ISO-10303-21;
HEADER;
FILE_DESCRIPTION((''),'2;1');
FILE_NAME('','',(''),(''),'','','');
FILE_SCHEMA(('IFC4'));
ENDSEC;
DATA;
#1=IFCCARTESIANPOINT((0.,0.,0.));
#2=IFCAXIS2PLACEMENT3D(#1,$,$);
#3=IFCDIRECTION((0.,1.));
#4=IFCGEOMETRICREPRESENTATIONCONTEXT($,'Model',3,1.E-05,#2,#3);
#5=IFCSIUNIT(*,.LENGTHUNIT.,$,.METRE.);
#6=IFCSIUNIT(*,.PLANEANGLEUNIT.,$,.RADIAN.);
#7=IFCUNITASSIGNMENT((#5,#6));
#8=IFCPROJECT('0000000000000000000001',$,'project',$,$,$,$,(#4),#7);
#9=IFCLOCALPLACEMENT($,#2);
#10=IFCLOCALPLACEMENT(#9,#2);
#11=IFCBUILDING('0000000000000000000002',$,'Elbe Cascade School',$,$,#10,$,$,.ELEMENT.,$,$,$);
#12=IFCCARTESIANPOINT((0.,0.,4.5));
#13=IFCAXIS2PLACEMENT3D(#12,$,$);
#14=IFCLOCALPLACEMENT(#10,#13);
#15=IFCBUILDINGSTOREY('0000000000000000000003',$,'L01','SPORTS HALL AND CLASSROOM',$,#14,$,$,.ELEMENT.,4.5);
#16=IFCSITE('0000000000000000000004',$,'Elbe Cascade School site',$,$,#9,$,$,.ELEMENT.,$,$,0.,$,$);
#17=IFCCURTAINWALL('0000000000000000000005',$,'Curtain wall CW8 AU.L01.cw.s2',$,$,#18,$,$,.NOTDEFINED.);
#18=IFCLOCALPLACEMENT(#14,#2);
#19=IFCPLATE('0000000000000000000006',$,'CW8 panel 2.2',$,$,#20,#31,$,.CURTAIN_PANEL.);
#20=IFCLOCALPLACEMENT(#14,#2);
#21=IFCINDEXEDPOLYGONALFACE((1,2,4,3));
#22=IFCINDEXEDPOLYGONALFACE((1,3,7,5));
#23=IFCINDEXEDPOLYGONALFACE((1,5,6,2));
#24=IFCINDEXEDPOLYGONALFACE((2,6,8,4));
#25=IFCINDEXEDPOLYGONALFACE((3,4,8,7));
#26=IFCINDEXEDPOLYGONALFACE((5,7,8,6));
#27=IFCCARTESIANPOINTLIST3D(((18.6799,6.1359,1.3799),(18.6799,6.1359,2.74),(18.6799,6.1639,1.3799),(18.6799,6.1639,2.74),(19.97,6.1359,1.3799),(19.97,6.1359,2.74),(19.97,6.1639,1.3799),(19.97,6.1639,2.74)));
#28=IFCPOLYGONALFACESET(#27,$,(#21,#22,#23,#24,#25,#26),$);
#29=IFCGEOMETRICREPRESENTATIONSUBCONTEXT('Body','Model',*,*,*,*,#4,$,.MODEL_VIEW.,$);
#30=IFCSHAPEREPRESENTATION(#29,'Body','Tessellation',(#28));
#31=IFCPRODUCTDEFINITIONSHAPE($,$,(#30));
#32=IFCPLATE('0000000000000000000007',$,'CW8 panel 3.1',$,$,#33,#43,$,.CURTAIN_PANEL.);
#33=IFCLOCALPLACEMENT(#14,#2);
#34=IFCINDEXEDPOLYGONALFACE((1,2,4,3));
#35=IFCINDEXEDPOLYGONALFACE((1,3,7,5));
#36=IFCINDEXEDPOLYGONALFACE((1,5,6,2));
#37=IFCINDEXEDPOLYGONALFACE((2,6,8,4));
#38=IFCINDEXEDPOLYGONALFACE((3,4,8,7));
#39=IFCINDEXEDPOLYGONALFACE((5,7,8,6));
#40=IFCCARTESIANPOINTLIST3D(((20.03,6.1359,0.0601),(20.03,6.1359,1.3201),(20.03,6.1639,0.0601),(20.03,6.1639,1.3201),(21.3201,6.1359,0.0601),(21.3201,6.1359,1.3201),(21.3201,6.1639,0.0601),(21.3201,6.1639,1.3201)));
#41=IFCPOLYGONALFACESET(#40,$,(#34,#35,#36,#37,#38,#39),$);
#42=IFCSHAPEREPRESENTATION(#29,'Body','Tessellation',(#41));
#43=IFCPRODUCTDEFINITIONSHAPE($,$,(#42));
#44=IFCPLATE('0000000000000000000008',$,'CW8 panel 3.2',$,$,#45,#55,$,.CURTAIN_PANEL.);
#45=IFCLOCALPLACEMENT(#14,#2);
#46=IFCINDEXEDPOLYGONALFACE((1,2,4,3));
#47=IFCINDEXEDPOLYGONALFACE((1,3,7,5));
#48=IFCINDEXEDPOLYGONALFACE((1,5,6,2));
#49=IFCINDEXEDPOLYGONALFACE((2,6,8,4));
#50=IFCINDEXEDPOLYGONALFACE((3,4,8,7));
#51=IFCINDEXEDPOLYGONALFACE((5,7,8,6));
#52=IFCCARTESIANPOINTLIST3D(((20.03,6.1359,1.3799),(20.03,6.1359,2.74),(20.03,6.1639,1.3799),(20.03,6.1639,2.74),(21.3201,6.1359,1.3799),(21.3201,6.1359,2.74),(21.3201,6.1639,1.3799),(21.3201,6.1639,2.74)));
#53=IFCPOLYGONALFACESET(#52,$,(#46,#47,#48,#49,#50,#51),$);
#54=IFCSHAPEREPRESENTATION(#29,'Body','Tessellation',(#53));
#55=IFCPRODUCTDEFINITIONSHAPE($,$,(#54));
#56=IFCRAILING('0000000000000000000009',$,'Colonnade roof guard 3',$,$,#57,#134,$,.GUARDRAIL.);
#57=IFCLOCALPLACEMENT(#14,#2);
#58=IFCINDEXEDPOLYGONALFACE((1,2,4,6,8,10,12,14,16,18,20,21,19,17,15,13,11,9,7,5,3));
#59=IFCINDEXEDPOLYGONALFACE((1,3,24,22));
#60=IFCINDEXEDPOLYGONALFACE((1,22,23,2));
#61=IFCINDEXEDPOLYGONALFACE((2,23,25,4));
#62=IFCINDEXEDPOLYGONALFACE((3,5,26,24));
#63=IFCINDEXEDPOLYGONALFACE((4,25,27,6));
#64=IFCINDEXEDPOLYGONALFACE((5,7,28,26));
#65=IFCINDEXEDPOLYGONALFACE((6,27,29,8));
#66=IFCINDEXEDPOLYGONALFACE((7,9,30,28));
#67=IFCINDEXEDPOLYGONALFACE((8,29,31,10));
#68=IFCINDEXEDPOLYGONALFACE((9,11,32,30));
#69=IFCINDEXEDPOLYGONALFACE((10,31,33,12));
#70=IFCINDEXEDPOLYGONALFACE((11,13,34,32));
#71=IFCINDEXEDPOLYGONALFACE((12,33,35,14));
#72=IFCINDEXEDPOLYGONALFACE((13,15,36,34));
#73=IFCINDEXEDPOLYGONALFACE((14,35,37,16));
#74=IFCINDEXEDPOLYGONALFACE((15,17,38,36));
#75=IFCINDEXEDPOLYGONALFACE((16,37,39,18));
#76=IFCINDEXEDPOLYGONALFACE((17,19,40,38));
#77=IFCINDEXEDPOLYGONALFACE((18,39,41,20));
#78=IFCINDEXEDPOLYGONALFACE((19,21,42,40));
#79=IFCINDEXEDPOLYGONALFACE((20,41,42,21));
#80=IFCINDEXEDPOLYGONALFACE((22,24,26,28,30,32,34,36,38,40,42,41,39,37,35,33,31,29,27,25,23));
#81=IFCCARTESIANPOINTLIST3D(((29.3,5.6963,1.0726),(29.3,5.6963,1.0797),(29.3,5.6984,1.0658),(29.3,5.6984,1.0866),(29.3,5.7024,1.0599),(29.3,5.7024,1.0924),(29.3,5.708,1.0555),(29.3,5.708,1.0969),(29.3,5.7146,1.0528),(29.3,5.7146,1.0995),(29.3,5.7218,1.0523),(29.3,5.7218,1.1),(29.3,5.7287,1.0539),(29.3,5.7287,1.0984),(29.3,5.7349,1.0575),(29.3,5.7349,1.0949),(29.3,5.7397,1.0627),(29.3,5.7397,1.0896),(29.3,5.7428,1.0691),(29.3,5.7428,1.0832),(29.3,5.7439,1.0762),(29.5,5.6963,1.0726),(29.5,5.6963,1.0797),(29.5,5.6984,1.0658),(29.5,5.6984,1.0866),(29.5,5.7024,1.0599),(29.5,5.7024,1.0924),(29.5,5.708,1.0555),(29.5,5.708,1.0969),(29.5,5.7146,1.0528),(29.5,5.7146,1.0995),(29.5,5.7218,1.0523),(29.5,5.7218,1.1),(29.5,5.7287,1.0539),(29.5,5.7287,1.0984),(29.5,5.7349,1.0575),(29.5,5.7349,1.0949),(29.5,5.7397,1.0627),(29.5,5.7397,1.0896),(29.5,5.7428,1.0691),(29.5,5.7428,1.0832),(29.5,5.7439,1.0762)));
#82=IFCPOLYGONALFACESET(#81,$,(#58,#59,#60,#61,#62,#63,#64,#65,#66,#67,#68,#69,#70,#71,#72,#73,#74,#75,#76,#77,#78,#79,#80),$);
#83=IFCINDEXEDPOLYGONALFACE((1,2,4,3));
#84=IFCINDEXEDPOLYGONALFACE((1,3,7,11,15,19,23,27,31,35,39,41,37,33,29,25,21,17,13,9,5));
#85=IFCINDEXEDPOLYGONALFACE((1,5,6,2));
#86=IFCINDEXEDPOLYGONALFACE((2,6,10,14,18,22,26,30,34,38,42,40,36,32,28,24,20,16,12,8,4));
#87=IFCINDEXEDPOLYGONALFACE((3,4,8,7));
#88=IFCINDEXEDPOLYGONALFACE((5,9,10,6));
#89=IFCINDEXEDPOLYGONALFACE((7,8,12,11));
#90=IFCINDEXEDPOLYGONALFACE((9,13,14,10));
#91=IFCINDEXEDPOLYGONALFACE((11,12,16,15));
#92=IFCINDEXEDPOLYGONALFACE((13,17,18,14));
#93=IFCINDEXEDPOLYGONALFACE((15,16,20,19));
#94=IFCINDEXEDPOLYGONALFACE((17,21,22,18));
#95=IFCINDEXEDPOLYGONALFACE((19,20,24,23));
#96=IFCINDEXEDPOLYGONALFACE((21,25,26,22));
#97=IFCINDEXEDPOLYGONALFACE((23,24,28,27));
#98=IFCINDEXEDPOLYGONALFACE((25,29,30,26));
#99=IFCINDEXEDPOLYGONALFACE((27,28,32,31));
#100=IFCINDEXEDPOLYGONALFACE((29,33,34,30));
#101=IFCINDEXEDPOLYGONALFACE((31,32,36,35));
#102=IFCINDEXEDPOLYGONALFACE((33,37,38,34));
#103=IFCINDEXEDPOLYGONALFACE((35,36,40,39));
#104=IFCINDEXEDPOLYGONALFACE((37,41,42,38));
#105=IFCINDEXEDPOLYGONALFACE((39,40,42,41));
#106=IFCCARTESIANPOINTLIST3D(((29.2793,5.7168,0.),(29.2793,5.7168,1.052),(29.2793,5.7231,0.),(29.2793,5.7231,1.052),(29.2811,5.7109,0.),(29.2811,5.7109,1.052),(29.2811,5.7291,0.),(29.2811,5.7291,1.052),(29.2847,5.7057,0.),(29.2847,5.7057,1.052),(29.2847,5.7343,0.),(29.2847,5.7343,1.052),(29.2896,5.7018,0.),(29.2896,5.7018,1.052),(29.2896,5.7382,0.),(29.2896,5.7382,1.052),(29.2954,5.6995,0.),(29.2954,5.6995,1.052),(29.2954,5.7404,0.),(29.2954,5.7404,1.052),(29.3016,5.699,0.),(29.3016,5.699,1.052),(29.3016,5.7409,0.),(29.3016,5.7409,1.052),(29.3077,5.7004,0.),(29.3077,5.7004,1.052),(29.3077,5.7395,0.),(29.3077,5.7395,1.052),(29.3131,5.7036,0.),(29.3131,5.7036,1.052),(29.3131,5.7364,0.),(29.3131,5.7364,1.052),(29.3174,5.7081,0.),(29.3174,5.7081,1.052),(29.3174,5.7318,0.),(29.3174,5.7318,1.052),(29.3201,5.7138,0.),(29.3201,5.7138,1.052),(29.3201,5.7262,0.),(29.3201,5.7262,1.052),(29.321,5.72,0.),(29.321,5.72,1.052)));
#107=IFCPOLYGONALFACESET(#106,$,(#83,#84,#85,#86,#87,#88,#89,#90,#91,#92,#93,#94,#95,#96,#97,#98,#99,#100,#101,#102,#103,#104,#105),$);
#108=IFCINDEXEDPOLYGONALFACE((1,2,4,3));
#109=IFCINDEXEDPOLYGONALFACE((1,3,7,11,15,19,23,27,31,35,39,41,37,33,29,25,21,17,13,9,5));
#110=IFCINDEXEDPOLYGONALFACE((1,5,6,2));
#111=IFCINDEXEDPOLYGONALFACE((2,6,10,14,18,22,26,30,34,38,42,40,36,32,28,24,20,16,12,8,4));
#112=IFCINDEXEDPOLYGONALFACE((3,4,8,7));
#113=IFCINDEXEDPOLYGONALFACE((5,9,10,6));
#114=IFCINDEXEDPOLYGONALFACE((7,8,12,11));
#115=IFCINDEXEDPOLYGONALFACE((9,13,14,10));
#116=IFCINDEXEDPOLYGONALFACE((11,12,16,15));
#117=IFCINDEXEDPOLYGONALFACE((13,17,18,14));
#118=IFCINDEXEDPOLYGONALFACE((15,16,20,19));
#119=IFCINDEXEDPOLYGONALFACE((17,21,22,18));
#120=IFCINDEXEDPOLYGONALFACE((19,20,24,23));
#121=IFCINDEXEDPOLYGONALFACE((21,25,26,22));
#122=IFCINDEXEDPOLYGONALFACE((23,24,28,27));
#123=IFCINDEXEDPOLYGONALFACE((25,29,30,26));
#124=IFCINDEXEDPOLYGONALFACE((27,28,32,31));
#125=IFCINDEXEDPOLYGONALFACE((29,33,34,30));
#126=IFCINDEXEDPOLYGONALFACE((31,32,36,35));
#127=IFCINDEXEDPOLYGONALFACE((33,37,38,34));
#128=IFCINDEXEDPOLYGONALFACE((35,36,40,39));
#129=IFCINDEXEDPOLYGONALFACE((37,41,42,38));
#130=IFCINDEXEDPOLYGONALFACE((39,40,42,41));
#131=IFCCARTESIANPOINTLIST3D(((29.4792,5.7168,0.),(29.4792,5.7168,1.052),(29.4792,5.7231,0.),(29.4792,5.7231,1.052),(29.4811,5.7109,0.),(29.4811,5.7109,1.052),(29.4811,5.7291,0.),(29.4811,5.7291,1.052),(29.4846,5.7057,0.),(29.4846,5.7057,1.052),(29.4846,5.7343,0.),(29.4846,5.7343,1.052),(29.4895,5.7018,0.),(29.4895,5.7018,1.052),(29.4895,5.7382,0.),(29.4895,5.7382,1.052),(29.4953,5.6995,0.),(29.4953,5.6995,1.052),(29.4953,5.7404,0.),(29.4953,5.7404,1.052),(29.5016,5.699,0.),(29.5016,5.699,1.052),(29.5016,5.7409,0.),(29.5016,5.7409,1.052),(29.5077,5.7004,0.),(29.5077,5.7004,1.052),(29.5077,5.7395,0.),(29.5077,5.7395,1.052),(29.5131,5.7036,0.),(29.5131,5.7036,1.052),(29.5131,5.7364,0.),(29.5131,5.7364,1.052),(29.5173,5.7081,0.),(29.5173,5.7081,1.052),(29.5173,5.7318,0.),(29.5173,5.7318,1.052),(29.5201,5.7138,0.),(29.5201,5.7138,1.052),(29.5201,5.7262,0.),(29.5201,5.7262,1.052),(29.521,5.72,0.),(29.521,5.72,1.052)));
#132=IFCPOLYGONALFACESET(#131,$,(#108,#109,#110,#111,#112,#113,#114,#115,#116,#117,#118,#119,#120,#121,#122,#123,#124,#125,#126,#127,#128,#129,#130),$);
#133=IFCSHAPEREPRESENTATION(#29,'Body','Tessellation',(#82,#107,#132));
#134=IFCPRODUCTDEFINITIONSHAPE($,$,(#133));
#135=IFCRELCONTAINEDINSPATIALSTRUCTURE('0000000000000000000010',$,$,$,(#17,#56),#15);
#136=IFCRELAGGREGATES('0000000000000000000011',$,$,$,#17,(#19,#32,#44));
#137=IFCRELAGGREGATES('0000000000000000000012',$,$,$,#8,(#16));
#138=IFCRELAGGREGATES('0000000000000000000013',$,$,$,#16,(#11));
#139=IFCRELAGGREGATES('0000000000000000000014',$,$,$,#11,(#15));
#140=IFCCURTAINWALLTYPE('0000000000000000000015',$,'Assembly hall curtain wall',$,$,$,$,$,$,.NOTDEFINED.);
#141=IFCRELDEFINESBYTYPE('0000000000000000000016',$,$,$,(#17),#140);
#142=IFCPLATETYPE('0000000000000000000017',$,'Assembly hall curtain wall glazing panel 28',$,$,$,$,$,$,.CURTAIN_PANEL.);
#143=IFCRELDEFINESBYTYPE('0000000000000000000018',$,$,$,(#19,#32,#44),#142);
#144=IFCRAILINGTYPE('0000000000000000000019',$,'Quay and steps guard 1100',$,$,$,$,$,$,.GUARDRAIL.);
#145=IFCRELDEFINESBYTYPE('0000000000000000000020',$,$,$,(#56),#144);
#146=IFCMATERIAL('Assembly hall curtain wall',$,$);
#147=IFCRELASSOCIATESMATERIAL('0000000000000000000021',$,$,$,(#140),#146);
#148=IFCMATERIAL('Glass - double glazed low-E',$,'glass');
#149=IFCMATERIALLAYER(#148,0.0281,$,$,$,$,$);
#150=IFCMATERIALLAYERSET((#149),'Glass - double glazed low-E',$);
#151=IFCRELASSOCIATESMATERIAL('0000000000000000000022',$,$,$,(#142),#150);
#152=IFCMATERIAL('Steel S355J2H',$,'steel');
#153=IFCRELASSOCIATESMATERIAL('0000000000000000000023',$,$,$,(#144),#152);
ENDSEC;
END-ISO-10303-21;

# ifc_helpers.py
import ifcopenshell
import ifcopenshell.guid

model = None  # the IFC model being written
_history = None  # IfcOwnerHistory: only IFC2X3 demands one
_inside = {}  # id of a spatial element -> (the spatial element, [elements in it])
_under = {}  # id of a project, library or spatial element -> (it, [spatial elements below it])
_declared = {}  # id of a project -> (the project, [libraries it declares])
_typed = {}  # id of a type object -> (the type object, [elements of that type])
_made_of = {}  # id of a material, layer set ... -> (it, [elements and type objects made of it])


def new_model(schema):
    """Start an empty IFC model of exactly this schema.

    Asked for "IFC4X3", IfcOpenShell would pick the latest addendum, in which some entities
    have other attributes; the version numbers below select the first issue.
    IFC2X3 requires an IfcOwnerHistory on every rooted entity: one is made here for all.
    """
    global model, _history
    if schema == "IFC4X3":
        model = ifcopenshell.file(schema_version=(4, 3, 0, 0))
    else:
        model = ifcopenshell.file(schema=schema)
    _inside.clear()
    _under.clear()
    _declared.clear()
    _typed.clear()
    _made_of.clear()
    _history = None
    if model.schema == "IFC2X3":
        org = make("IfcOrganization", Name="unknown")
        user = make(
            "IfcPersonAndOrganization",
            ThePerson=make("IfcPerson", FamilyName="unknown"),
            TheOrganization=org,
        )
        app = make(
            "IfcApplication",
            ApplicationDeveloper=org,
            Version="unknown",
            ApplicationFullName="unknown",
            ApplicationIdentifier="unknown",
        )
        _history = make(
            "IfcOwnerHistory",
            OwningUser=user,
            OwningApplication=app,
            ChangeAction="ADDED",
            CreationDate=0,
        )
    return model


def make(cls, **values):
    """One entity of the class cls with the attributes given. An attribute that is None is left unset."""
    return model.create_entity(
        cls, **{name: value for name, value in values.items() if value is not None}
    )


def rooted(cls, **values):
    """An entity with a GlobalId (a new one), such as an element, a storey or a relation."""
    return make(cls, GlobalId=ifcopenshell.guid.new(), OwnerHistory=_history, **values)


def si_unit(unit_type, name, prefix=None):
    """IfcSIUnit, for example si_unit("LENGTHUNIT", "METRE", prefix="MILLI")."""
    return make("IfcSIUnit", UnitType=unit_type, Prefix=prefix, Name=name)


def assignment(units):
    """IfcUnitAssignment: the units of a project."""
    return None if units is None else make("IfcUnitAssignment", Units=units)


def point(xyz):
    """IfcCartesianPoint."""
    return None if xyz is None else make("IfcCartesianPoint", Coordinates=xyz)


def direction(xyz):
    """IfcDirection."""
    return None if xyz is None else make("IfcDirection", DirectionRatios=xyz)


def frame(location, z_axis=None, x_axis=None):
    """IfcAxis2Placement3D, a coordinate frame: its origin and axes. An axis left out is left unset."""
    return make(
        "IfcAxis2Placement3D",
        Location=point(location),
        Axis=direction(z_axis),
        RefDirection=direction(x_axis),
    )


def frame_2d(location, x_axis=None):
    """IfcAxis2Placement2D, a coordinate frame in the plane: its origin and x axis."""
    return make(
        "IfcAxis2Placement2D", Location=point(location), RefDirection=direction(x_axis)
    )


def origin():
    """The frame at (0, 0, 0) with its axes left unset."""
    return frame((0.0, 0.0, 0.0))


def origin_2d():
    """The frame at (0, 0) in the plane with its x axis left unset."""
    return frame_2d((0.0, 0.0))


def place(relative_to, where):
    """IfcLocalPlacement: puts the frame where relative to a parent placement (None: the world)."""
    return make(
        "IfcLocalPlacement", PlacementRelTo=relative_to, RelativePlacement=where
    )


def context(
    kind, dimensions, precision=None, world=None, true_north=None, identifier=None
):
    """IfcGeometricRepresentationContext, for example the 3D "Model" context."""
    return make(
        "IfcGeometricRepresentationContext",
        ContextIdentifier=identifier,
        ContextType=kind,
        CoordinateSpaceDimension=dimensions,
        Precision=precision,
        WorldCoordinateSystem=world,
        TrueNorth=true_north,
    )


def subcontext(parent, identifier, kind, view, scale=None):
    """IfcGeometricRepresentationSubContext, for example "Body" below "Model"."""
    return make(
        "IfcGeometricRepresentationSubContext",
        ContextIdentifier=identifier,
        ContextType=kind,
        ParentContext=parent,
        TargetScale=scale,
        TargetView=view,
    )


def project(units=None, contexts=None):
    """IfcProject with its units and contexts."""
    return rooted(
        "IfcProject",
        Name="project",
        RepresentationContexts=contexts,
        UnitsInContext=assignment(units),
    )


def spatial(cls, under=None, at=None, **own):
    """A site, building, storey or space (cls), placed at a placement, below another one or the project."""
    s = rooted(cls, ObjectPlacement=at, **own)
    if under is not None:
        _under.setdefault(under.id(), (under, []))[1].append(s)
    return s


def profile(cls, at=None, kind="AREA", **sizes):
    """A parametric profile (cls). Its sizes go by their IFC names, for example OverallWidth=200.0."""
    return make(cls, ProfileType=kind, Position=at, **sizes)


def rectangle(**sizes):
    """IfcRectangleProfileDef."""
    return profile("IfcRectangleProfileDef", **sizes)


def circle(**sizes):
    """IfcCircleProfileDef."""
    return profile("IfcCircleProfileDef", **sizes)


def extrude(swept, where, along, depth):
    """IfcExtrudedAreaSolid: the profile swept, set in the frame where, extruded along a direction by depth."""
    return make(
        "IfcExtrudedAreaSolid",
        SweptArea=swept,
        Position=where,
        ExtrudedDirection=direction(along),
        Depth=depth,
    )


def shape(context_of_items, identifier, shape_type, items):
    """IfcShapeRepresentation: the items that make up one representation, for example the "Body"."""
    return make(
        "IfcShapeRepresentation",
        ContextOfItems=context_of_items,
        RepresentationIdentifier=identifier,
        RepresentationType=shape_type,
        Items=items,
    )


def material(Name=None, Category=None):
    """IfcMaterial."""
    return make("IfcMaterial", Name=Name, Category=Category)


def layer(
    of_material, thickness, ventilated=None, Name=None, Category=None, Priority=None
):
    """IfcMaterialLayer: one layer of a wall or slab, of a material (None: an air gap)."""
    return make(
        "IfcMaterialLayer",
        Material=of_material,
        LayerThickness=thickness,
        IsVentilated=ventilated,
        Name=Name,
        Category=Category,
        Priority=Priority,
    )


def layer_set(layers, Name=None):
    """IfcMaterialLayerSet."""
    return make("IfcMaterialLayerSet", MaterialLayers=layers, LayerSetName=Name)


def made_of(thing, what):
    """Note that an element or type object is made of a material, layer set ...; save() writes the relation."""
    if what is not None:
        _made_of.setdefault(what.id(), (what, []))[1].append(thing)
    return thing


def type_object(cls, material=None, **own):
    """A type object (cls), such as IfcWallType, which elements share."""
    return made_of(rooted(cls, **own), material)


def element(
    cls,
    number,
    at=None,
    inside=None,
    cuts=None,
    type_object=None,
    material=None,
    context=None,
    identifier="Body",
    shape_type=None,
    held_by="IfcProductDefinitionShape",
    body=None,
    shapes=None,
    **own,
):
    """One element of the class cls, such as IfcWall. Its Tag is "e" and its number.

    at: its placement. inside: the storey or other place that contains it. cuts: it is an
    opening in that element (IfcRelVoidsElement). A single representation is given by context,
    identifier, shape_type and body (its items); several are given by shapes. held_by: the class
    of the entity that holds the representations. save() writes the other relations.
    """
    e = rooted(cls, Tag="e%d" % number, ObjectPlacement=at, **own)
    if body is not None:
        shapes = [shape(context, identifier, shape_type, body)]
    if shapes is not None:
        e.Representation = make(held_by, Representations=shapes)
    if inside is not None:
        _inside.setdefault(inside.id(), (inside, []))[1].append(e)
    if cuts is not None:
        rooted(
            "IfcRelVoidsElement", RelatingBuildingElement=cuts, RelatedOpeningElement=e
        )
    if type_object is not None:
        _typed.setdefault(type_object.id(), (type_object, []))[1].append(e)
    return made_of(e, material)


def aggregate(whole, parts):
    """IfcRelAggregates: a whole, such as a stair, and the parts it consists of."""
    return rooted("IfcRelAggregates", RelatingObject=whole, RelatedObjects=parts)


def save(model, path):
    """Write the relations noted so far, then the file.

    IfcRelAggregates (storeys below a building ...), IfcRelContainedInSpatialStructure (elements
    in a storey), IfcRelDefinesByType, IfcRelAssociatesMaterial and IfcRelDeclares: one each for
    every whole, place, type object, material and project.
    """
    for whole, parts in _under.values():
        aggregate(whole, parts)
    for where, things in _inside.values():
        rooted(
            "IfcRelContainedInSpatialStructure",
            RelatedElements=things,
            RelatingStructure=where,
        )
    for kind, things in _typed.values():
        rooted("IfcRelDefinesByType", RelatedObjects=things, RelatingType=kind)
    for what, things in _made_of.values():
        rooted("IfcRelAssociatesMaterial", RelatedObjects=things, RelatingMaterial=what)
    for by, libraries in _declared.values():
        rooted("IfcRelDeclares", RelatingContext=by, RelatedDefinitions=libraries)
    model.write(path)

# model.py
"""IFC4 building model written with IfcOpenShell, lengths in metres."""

from ifc_helpers import new_model, si_unit, direction, frame, origin, origin_2d, place, context, subcontext, project, spatial, rectangle, circle, extrude, material, layer, layer_set, type_object, element, aggregate, save


model = new_model("IFC4")

# Units and contexts
model_context = context("Model", 3, precision=1e-05, world=origin(), true_north=direction((0.0, 1.0)))
body_context = subcontext(model_context, "Body", "Model", "MODEL_VIEW")
ifc_project = project(units=[si_unit("LENGTHUNIT", "METRE"), si_unit("PLANEANGLEUNIT", "RADIAN")], contexts=[model_context])

# Site, building, storey
site_placement = place(None, origin())
site = spatial("IfcSite", under=ifc_project, at=site_placement, Name="Elbe Cascade School site", CompositionType="ELEMENT", RefElevation=0.0)
building_placement = place(site_placement, origin())
building = spatial("IfcBuilding", under=site, at=building_placement, Name="Elbe Cascade School", CompositionType="ELEMENT")
storey_placement = place(building_placement, frame((0.0, 0.0, 4.5)))
storey = spatial("IfcBuildingStorey", under=building, at=storey_placement, Name="L01", Description="SPORTS HALL AND CLASSROOM", CompositionType="ELEMENT", Elevation=4.5)

# Curtain wall
ifc_material_1 = material(Name="Assembly hall curtain wall")
curtain_wall_type_1 = type_object("IfcCurtainWallType", Name="Assembly hall curtain wall", PredefinedType="NOTDEFINED", material=ifc_material_1)
curtain_wall_1_placement = place(storey_placement, origin())
curtain_wall_1 = element("IfcCurtainWall", 1, at=curtain_wall_1_placement, inside=storey, type_object=curtain_wall_type_1, Name="Curtain wall CW8 AU.L01.cw.s2", PredefinedType="NOTDEFINED")

# Plates
ifc_material_2 = material(Name="Glass - double glazed low-E", Category="glass")
ifc_layer = layer(ifc_material_2, 0.0281)
ifc_layer_set = layer_set([ifc_layer], Name="Glass - double glazed low-E")
plate_type = type_object("IfcPlateType", Name="Assembly hall curtain wall glazing panel 28", PredefinedType="CURTAIN_PANEL", material=ifc_layer_set)
plate_1_placement = place(storey_placement, frame((19.325, 6.1499, 1.3799), z_axis=(0.0, 0.0, 1.0), x_axis=(1.0, 0.0, 0.0)))
plate_1 = element("IfcPlate", 2, at=plate_1_placement, type_object=plate_type, Name="CW8 panel 2.2", PredefinedType="CURTAIN_PANEL", context=body_context, shape_type="SweptSolid", body=[
    extrude(rectangle(XDim=1.29, YDim=0.0281, at=origin_2d()), origin(), (0.0, 0.0, 1.0), 1.3601),
])
plate_2_placement = place(storey_placement, frame((20.675, 6.1499, 0.0601), z_axis=(0.0, 0.0, 1.0), x_axis=(1.0, 0.0, 0.0)))
plate_2 = element("IfcPlate", 3, at=plate_2_placement, type_object=plate_type, Name="CW8 panel 3.1", PredefinedType="CURTAIN_PANEL", context=body_context, shape_type="SweptSolid", body=[
    extrude(rectangle(XDim=1.29, YDim=0.0281, at=origin_2d()), origin(), (0.0, 0.0, 1.0), 1.26),
])
plate_3_placement = place(storey_placement, frame((20.675, 6.1499, 1.3799), z_axis=(0.0, 0.0, 1.0), x_axis=(1.0, 0.0, 0.0)))
plate_3 = element("IfcPlate", 4, at=plate_3_placement, type_object=plate_type, Name="CW8 panel 3.2", PredefinedType="CURTAIN_PANEL", context=body_context, shape_type="SweptSolid", body=[
    extrude(rectangle(XDim=1.29, YDim=0.0281, at=origin_2d()), origin(), (0.0, 0.0, 1.0), 1.3601),
])
aggregate(curtain_wall_1, [plate_1, plate_2, plate_3])

# Railing
ifc_material_3 = material(Name="Steel S355J2H", Category="steel")
railing_type = type_object("IfcRailingType", Name="Quay and steps guard 1100", PredefinedType="GUARDRAIL", material=ifc_material_3)
railing_1_placement = place(storey_placement, frame((29.3, 5.72, 0.0)))
element("IfcRailing", 5, at=railing_1_placement, inside=storey, type_object=railing_type, Name="Colonnade roof guard 3", PredefinedType="GUARDRAIL", context=body_context, shape_type="SweptSolid", body=[
    extrude(circle(Radius=0.0239, at=origin_2d()), frame((0.0, 0.0, 1.0762), z_axis=(1.0, 0.0, 0.0), x_axis=(0.0, 1.0, 0.0)), (0.0, 0.0, 1.0), 0.2),
    extrude(circle(Radius=0.021, at=origin_2d()), origin(), (0.0, 0.0, 1.0), 1.052),
    extrude(circle(Radius=0.021, at=origin_2d()), frame((0.2, 0.0, 0.0)), (0.0, 0.0, 1.0), 1.052),
])

save(model, "model.ifc")
